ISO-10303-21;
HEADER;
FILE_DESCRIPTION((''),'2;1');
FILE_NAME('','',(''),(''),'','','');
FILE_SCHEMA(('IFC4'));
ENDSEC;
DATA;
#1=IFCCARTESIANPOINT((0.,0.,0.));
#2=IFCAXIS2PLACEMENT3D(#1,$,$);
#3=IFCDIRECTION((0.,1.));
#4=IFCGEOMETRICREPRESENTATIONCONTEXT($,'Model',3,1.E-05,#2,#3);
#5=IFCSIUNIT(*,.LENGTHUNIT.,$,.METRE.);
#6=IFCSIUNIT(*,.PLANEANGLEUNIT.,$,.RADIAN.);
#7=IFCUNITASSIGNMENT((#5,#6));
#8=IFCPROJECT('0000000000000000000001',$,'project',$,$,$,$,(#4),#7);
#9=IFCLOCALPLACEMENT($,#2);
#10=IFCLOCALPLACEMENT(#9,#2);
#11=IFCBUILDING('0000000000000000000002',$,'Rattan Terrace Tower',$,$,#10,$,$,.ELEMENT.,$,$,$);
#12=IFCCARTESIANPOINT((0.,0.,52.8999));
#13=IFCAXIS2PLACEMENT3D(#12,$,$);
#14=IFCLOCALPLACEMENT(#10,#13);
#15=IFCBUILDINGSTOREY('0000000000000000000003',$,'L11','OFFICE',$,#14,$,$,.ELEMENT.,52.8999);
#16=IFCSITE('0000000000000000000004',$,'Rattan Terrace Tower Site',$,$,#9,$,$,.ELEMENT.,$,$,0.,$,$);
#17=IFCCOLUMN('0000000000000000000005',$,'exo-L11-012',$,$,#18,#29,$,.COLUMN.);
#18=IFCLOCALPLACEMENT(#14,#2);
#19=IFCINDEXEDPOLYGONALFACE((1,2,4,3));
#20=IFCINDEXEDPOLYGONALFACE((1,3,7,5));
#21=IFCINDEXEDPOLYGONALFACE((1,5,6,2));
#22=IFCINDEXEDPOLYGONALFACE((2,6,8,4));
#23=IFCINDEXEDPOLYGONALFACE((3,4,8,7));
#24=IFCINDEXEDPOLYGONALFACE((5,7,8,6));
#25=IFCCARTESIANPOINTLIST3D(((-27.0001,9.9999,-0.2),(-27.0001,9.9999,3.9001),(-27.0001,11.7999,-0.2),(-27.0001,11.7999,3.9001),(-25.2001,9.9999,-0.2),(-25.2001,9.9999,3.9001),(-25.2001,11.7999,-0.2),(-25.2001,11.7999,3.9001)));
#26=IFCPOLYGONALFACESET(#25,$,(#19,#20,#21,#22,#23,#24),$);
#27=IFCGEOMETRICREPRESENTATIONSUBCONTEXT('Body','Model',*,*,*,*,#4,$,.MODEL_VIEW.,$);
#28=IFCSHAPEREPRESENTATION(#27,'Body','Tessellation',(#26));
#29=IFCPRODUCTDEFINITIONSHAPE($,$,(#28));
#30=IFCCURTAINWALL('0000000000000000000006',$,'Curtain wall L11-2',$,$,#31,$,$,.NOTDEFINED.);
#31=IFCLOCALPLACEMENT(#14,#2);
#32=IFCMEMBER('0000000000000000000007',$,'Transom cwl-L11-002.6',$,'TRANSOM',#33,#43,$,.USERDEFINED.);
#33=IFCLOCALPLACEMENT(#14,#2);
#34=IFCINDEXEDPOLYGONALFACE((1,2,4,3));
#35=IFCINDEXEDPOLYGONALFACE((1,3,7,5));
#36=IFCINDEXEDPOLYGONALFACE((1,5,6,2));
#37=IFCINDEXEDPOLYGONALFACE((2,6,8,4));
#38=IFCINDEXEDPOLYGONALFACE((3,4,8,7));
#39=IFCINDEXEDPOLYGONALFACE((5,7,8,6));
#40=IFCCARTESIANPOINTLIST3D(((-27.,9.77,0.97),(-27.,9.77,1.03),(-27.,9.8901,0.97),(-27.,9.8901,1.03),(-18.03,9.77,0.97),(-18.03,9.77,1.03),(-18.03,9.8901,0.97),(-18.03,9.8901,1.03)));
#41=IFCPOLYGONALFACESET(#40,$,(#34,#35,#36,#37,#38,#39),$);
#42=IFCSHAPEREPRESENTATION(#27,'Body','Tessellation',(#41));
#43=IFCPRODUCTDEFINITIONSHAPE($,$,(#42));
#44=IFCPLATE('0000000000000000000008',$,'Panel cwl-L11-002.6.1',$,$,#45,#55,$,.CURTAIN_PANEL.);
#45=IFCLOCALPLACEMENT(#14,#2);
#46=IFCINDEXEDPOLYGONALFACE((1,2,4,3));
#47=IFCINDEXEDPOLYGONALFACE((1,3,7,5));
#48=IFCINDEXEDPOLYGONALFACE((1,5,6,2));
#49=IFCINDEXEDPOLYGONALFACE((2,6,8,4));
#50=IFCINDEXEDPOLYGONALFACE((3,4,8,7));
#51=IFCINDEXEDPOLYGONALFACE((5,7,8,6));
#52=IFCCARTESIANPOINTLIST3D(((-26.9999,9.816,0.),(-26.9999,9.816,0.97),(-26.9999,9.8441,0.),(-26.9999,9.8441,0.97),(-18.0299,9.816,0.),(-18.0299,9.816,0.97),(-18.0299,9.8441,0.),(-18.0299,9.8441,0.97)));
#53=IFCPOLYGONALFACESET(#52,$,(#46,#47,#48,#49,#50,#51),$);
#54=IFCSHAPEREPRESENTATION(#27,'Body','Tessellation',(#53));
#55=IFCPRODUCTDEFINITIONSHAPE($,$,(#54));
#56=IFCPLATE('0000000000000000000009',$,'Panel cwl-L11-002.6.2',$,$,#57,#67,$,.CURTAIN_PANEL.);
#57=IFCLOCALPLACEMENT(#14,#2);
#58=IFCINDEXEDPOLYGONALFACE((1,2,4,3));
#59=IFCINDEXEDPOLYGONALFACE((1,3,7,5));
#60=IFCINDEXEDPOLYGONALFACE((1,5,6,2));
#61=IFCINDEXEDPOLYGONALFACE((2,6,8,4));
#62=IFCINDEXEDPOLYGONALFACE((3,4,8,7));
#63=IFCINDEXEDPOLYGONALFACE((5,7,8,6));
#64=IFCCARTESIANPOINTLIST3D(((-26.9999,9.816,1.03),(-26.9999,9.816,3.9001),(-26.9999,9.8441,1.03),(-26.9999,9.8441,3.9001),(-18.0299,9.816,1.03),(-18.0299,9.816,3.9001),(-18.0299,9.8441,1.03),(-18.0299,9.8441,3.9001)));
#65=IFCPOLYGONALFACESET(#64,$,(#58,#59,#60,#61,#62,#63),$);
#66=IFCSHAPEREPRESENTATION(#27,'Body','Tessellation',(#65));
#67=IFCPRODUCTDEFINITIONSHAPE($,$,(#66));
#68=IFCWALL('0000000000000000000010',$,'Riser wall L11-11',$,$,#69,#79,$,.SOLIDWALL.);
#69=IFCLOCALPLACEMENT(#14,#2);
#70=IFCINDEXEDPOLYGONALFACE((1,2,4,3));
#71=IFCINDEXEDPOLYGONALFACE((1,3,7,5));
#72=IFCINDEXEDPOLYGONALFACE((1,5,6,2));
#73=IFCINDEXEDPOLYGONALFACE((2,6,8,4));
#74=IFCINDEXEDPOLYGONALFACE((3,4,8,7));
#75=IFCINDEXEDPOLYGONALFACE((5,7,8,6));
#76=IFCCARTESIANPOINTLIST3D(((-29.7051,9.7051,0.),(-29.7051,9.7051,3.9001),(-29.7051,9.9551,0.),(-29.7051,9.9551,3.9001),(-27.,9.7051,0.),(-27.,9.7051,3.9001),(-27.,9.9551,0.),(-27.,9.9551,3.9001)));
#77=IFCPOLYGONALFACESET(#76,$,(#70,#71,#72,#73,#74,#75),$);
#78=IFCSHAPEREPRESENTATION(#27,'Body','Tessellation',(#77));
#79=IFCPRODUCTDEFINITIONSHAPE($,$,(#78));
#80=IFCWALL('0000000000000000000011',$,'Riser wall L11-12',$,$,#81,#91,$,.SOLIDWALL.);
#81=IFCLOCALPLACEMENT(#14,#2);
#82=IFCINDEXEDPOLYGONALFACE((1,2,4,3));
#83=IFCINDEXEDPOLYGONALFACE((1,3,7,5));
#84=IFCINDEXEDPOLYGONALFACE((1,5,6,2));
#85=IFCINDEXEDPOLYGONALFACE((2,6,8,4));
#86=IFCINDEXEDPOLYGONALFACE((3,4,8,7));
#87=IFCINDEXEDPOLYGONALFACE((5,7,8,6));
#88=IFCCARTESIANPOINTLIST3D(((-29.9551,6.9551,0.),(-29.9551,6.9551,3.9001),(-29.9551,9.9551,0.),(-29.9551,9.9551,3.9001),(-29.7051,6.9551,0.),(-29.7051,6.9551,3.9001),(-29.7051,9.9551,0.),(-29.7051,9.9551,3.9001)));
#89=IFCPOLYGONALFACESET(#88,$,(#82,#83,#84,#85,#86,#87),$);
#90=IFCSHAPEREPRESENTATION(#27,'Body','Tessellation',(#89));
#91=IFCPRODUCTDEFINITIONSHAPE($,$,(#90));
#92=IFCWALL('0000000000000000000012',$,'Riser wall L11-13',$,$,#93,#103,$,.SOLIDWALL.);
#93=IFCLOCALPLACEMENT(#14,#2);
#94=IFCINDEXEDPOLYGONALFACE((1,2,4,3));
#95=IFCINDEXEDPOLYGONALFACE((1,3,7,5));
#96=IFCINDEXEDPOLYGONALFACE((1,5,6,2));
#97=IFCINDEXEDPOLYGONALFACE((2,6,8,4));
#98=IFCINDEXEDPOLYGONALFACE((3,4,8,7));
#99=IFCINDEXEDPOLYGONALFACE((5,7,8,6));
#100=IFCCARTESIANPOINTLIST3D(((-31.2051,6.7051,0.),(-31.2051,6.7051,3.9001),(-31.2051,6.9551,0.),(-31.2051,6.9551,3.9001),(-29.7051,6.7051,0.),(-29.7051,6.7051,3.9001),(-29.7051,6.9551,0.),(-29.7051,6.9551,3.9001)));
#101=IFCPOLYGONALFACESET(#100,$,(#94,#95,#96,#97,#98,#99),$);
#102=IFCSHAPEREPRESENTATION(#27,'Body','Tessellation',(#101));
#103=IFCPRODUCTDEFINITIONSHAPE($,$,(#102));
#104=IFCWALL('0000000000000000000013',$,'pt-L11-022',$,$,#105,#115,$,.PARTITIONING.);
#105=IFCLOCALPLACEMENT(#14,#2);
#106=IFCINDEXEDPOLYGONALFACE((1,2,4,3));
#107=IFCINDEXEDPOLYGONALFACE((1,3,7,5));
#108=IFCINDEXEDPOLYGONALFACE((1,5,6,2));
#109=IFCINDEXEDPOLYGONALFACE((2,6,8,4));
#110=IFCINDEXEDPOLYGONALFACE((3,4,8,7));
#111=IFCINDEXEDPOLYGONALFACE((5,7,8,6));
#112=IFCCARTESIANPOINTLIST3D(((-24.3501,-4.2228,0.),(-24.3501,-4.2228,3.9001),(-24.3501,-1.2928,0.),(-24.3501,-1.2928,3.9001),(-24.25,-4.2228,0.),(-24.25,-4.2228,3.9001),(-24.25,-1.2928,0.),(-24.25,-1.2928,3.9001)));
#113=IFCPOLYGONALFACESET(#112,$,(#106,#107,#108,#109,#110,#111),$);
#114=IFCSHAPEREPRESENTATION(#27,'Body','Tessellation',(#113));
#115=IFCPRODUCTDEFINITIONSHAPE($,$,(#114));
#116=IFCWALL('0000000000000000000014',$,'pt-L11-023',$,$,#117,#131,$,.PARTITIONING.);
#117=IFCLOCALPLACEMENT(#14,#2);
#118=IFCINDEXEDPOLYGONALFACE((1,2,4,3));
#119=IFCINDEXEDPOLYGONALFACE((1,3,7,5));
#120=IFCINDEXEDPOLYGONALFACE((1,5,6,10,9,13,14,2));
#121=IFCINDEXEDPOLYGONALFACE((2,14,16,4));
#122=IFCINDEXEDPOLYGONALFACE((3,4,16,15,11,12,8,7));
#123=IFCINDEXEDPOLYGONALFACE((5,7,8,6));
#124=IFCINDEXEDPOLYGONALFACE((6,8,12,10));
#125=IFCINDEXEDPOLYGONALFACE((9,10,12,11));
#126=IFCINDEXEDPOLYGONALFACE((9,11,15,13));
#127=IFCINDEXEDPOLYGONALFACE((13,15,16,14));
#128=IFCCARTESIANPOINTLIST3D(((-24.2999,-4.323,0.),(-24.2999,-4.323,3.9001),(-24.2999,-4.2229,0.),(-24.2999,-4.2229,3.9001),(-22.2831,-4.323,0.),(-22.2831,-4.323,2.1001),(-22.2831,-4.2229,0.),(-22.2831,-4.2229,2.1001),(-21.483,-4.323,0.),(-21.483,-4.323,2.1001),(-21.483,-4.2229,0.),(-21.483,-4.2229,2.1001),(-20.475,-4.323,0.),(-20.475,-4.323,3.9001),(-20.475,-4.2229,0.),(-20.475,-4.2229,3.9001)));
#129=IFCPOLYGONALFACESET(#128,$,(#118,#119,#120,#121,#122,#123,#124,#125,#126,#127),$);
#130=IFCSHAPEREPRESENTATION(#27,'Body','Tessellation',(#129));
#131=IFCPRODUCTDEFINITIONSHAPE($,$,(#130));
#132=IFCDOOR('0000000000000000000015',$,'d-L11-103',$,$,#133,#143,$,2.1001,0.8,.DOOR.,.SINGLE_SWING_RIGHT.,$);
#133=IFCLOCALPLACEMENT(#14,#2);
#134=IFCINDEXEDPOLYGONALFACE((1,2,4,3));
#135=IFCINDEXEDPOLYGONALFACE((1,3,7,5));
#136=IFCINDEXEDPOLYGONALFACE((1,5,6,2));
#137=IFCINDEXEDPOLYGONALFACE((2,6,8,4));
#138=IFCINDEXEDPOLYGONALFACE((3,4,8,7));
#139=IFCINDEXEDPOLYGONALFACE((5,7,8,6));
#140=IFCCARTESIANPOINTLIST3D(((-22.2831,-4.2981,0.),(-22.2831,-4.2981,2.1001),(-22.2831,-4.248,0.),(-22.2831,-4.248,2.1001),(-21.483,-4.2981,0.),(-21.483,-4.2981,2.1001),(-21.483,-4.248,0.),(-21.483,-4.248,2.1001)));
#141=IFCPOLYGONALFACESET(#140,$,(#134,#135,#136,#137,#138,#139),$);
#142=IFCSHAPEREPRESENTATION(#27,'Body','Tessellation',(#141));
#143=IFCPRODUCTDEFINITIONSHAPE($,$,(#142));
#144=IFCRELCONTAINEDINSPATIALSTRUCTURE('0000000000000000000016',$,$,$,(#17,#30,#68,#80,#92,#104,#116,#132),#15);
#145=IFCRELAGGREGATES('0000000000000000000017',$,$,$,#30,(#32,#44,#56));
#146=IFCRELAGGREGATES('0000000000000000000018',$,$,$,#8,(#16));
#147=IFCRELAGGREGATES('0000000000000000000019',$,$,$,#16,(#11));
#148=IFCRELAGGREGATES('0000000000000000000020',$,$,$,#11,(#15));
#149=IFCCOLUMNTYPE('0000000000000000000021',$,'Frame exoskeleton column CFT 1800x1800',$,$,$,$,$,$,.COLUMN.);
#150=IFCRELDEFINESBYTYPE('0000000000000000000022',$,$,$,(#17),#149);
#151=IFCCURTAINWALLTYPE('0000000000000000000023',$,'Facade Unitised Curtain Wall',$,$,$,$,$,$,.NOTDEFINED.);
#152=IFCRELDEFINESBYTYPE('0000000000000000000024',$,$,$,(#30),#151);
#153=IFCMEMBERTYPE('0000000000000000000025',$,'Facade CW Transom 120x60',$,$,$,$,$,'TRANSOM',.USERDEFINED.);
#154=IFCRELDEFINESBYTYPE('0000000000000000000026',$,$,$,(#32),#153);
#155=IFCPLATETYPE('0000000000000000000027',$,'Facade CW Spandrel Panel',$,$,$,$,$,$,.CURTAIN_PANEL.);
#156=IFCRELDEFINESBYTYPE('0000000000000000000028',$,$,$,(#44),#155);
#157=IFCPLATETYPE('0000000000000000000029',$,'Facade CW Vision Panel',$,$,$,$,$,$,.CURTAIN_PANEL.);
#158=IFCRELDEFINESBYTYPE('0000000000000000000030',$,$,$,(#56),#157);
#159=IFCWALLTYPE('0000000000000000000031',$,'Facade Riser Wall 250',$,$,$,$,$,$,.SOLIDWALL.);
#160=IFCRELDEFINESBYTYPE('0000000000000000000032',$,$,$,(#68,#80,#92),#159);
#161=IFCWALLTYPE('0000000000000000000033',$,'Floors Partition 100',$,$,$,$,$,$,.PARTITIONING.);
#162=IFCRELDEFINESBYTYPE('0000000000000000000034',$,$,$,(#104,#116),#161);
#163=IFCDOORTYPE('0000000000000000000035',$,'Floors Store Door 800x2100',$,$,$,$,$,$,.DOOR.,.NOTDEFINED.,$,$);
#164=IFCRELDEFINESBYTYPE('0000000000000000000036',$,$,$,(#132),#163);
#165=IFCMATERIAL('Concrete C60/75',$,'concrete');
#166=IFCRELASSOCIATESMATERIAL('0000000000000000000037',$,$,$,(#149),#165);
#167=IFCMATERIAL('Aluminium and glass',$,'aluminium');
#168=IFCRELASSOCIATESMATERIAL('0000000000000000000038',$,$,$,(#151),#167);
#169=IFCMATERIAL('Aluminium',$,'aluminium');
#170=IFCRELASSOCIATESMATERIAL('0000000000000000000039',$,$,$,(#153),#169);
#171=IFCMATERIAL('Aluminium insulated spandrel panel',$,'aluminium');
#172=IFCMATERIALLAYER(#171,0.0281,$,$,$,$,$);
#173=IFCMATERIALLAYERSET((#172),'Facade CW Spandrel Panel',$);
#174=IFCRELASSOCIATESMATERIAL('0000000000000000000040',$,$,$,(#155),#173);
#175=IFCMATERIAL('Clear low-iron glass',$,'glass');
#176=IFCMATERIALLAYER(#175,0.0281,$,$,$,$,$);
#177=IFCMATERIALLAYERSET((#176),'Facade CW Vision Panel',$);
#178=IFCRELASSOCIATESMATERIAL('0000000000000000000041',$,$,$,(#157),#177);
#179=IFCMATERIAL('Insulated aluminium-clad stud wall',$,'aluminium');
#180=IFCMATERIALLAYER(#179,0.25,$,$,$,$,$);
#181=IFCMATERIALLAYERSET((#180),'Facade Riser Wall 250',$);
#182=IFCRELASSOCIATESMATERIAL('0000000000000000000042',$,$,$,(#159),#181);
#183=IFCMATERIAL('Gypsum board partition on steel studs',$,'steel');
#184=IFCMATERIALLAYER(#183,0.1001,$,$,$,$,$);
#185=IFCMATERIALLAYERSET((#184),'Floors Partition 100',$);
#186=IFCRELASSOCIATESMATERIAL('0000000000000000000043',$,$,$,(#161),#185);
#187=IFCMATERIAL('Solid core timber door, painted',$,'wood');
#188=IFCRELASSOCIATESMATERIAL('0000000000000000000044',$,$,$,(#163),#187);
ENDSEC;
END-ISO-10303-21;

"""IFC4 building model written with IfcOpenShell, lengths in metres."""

from ifc_helpers import new_model, si_unit, direction, frame, frame_2d, origin, origin_2d, place, context, subcontext, project, spatial, rectangle, extrude, material, layer, layer_set, material_profile, profile_set, type_object, element, fill, aggregate, save


model = new_model("IFC4")

# Units and contexts
model_context = context("Model", 3, precision=1e-05, world=origin(), true_north=direction((0.0, 1.0)))
body_context = subcontext(model_context, "Body", "Model", "MODEL_VIEW")
ifc_project = project(units=[si_unit("LENGTHUNIT", "METRE"), si_unit("PLANEANGLEUNIT", "RADIAN")], contexts=[model_context])

# Site, building, storey
site_placement = place(None, origin())
site = spatial("IfcSite", under=ifc_project, at=site_placement, Name="Rattan Terrace Tower Site", CompositionType="ELEMENT", RefElevation=0.0)
building_placement = place(site_placement, origin())
building = spatial("IfcBuilding", under=site, at=building_placement, Name="Rattan Terrace Tower", CompositionType="ELEMENT")
storey_placement = place(building_placement, frame((0.0, 0.0, 52.8999)))
storey = spatial("IfcBuildingStorey", under=building, at=storey_placement, Name="L11", Description="OFFICE", CompositionType="ELEMENT", Elevation=52.8999)

# Column
ifc_material_1 = material(Name="Concrete C60/75", Category="concrete")
ifc_material_profile_1 = material_profile(ifc_material_1, rectangle(XDim=1.8, YDim=1.8, at=origin_2d()), Name="CFT 1800x1800")
ifc_profile_set_1 = profile_set([ifc_material_profile_1], Name="Concrete C60/75")
column_type = type_object("IfcColumnType", Name="Frame exoskeleton column CFT 1800x1800", PredefinedType="COLUMN", material=ifc_profile_set_1)
column_placement = place(storey_placement, frame((-26.1001, 10.8999, -0.2), z_axis=(0.0, 0.0, 1.0), x_axis=(1.0, 0.0, 0.0)))
element("IfcColumn", 1, at=column_placement, inside=storey, type_object=column_type, Name="exo-L11-012", PredefinedType="COLUMN", context=body_context, shape_type="SweptSolid", body=[
    extrude(rectangle(XDim=1.8, YDim=1.8, at=origin_2d()), origin(), (0.0, 0.0, 1.0), 4.1001),
])

# Curtain wall, member, plates
ifc_material_2 = material(Name="Aluminium and glass", Category="aluminium")
curtain_wall_type = type_object("IfcCurtainWallType", Name="Facade Unitised Curtain Wall", PredefinedType="NOTDEFINED", material=ifc_material_2)
curtain_wall_placement = place(storey_placement, origin())
curtain_wall = element("IfcCurtainWall", 2, at=curtain_wall_placement, inside=storey, type_object=curtain_wall_type, Name="Curtain wall L11-2", PredefinedType="NOTDEFINED")
ifc_material_3 = material(Name="Aluminium", Category="aluminium")
ifc_material_profile_2 = material_profile(ifc_material_3, rectangle(XDim=0.1201, YDim=0.0601, at=origin_2d()), Name="Aluminium 120x60")
ifc_profile_set_2 = profile_set([ifc_material_profile_2], Name="Aluminium")
member_type = type_object("IfcMemberType", Name="Facade CW Transom 120x60", ElementType="TRANSOM", PredefinedType="USERDEFINED", material=ifc_profile_set_2)
member_placement = place(storey_placement, frame((-18.03, 9.8301, 1.0), z_axis=(-1.0, 0.0, 0.0), x_axis=(0.0, -1.0, 0.0)))
member = element("IfcMember", 3, at=member_placement, type_object=member_type, Name="Transom cwl-L11-002.6", ObjectType="TRANSOM", PredefinedType="USERDEFINED", context=body_context, shape_type="SweptSolid", body=[
    extrude(rectangle(XDim=0.1201, YDim=0.0601, at=origin_2d()), origin(), (0.0, 0.0, 1.0), 8.97),
])
ifc_material_4 = material(Name="Aluminium insulated spandrel panel", Category="aluminium")
ifc_layer_1 = layer(ifc_material_4, 0.0281)
ifc_layer_set_1 = layer_set([ifc_layer_1], Name="Facade CW Spandrel Panel")
plate_type_1 = type_object("IfcPlateType", Name="Facade CW Spandrel Panel", PredefinedType="CURTAIN_PANEL", material=ifc_layer_set_1)
plate_1_placement = place(storey_placement, frame((-22.5149, 9.8301, 0.0), z_axis=(0.0, 0.0, 1.0), x_axis=(-1.0, 0.0, 0.0)))
plate_1 = element("IfcPlate", 4, at=plate_1_placement, type_object=plate_type_1, Name="Panel cwl-L11-002.6.1", PredefinedType="CURTAIN_PANEL", context=body_context, shape_type="SweptSolid", body=[
    extrude(rectangle(XDim=8.97, YDim=0.0281, at=origin_2d()), origin(), (0.0, 0.0, 1.0), 0.97),
])
ifc_material_5 = material(Name="Clear low-iron glass", Category="glass")
ifc_layer_2 = layer(ifc_material_5, 0.0281)
ifc_layer_set_2 = layer_set([ifc_layer_2], Name="Facade CW Vision Panel")
plate_type_2 = type_object("IfcPlateType", Name="Facade CW Vision Panel", PredefinedType="CURTAIN_PANEL", material=ifc_layer_set_2)
plate_2_placement = place(storey_placement, frame((-22.5149, 9.8301, 1.03), z_axis=(0.0, 0.0, 1.0), x_axis=(-1.0, 0.0, 0.0)))
plate_2 = element("IfcPlate", 5, at=plate_2_placement, type_object=plate_type_2, Name="Panel cwl-L11-002.6.2", PredefinedType="CURTAIN_PANEL", context=body_context, shape_type="SweptSolid", body=[
    extrude(rectangle(XDim=8.97, YDim=0.0281, at=origin_2d()), origin(), (0.0, 0.0, 1.0), 2.8701),
])
aggregate(curtain_wall, [member, plate_1, plate_2])

# Walls
ifc_material_6 = material(Name="Insulated aluminium-clad stud wall", Category="aluminium")
ifc_layer_3 = layer(ifc_material_6, 0.25)
ifc_layer_set_3 = layer_set([ifc_layer_3], Name="Facade Riser Wall 250")
wall_type_1 = type_object("IfcWallType", Name="Facade Riser Wall 250", PredefinedType="SOLIDWALL", material=ifc_layer_set_3)
wall_1_placement = place(storey_placement, frame((-27.0, 9.8301, 0.0), z_axis=(0.0, 0.0, 1.0), x_axis=(-1.0, 0.0, 0.0)))
element("IfcWall", 6, at=wall_1_placement, inside=storey, type_object=wall_type_1, Name="Riser wall L11-11", PredefinedType="SOLIDWALL", context=body_context, shape_type="SweptSolid", body=[
    extrude(rectangle(XDim=2.7051, YDim=0.25, at=frame_2d((1.3525, 0.0))), origin(), (0.0, 0.0, 1.0), 3.9001),
])
wall_2_placement = place(storey_placement, frame((-29.8301, 9.9551, 0.0), z_axis=(0.0, 0.0, 1.0), x_axis=(0.0, -1.0, 0.0)))
element("IfcWall", 7, at=wall_2_placement, inside=storey, type_object=wall_type_1, Name="Riser wall L11-12", PredefinedType="SOLIDWALL", context=body_context, shape_type="SweptSolid", body=[
    extrude(rectangle(XDim=3.0, YDim=0.25, at=frame_2d((1.5, 0.0))), origin(), (0.0, 0.0, 1.0), 3.9001),
])
wall_3_placement = place(storey_placement, frame((-29.7051, 6.8301, 0.0), z_axis=(0.0, 0.0, 1.0), x_axis=(-1.0, 0.0, 0.0)))
element("IfcWall", 8, at=wall_3_placement, inside=storey, type_object=wall_type_1, Name="Riser wall L11-13", PredefinedType="SOLIDWALL", context=body_context, shape_type="SweptSolid", body=[
    extrude(rectangle(XDim=1.5, YDim=0.25, at=frame_2d((0.75, 0.0))), origin(), (0.0, 0.0, 1.0), 3.9001),
])
ifc_material_7 = material(Name="Gypsum board partition on steel studs", Category="steel")
ifc_layer_4 = layer(ifc_material_7, 0.1001)
ifc_layer_set_4 = layer_set([ifc_layer_4], Name="Floors Partition 100")
wall_type_2 = type_object("IfcWallType", Name="Floors Partition 100", PredefinedType="PARTITIONING", material=ifc_layer_set_4)
wall_4_placement = place(storey_placement, frame((-24.3, -1.293, 0.0), z_axis=(0.0, 0.0, 1.0), x_axis=(0.0, -1.0, 0.0)))
element("IfcWall", 9, at=wall_4_placement, inside=storey, type_object=wall_type_2, Name="pt-L11-022", PredefinedType="PARTITIONING", context=body_context, shape_type="SweptSolid", body=[
    extrude(rectangle(XDim=2.9299, YDim=0.1001, at=frame_2d((1.4648, 0.0))), origin(), (0.0, 0.0, 1.0), 3.9001),
])

# Wall, opening, door
wall_5_placement = place(storey_placement, frame((-24.3, -4.2729, 0.0), z_axis=(0.0, 0.0, 1.0), x_axis=(1.0, 0.0, 0.0)))
wall_5 = element("IfcWall", 10, at=wall_5_placement, inside=storey, type_object=wall_type_2, Name="pt-L11-023", PredefinedType="PARTITIONING", context=body_context, shape_type="SweptSolid", body=[
    extrude(rectangle(XDim=3.825, YDim=0.1001, at=frame_2d((1.9126, 0.0))), origin(), (0.0, 0.0, 1.0), 3.9001),
])
opening_1_placement = place(wall_5_placement, frame((2.0171, 0.0, 0.0)))
opening_1 = element("IfcOpeningElement", 11, at=opening_1_placement, cuts=wall_5, PredefinedType="OPENING", context=body_context, shape_type="SweptSolid", body=[
    extrude(rectangle(XDim=0.8, YDim=2.1001, at=frame_2d((0.3999, 1.05))), frame((0.0, 0.0605, 0.0), z_axis=(0.0, -1.0, 0.0), x_axis=(1.0, 0.0, 0.0)), (0.0, 0.0, 1.0), 0.1211),
])
ifc_material_8 = material(Name="Solid core timber door, painted", Category="wood")
door_type = type_object("IfcDoorType", Name="Floors Store Door 800x2100", OperationType="NOTDEFINED", PredefinedType="DOOR", material=ifc_material_8)
door_1_placement = place(opening_1_placement, origin())
door_1 = element("IfcDoor", 12, at=door_1_placement, inside=storey, type_object=door_type, Name="d-L11-103", OperationType="SINGLE_SWING_RIGHT", OverallHeight=2.1001, OverallWidth=0.8, PredefinedType="DOOR", context=body_context, shape_type="SweptSolid", body=[
    extrude(rectangle(XDim=0.8, YDim=2.1001, at=frame_2d((0.3999, 1.05))), frame((0.0, 0.0249, 0.0), z_axis=(0.0, -1.0, 0.0), x_axis=(1.0, 0.0, 0.0)), (0.0, 0.0, 1.0), 0.05),
])
fill(opening_1, door_1)

save(model, "model.ifc")
